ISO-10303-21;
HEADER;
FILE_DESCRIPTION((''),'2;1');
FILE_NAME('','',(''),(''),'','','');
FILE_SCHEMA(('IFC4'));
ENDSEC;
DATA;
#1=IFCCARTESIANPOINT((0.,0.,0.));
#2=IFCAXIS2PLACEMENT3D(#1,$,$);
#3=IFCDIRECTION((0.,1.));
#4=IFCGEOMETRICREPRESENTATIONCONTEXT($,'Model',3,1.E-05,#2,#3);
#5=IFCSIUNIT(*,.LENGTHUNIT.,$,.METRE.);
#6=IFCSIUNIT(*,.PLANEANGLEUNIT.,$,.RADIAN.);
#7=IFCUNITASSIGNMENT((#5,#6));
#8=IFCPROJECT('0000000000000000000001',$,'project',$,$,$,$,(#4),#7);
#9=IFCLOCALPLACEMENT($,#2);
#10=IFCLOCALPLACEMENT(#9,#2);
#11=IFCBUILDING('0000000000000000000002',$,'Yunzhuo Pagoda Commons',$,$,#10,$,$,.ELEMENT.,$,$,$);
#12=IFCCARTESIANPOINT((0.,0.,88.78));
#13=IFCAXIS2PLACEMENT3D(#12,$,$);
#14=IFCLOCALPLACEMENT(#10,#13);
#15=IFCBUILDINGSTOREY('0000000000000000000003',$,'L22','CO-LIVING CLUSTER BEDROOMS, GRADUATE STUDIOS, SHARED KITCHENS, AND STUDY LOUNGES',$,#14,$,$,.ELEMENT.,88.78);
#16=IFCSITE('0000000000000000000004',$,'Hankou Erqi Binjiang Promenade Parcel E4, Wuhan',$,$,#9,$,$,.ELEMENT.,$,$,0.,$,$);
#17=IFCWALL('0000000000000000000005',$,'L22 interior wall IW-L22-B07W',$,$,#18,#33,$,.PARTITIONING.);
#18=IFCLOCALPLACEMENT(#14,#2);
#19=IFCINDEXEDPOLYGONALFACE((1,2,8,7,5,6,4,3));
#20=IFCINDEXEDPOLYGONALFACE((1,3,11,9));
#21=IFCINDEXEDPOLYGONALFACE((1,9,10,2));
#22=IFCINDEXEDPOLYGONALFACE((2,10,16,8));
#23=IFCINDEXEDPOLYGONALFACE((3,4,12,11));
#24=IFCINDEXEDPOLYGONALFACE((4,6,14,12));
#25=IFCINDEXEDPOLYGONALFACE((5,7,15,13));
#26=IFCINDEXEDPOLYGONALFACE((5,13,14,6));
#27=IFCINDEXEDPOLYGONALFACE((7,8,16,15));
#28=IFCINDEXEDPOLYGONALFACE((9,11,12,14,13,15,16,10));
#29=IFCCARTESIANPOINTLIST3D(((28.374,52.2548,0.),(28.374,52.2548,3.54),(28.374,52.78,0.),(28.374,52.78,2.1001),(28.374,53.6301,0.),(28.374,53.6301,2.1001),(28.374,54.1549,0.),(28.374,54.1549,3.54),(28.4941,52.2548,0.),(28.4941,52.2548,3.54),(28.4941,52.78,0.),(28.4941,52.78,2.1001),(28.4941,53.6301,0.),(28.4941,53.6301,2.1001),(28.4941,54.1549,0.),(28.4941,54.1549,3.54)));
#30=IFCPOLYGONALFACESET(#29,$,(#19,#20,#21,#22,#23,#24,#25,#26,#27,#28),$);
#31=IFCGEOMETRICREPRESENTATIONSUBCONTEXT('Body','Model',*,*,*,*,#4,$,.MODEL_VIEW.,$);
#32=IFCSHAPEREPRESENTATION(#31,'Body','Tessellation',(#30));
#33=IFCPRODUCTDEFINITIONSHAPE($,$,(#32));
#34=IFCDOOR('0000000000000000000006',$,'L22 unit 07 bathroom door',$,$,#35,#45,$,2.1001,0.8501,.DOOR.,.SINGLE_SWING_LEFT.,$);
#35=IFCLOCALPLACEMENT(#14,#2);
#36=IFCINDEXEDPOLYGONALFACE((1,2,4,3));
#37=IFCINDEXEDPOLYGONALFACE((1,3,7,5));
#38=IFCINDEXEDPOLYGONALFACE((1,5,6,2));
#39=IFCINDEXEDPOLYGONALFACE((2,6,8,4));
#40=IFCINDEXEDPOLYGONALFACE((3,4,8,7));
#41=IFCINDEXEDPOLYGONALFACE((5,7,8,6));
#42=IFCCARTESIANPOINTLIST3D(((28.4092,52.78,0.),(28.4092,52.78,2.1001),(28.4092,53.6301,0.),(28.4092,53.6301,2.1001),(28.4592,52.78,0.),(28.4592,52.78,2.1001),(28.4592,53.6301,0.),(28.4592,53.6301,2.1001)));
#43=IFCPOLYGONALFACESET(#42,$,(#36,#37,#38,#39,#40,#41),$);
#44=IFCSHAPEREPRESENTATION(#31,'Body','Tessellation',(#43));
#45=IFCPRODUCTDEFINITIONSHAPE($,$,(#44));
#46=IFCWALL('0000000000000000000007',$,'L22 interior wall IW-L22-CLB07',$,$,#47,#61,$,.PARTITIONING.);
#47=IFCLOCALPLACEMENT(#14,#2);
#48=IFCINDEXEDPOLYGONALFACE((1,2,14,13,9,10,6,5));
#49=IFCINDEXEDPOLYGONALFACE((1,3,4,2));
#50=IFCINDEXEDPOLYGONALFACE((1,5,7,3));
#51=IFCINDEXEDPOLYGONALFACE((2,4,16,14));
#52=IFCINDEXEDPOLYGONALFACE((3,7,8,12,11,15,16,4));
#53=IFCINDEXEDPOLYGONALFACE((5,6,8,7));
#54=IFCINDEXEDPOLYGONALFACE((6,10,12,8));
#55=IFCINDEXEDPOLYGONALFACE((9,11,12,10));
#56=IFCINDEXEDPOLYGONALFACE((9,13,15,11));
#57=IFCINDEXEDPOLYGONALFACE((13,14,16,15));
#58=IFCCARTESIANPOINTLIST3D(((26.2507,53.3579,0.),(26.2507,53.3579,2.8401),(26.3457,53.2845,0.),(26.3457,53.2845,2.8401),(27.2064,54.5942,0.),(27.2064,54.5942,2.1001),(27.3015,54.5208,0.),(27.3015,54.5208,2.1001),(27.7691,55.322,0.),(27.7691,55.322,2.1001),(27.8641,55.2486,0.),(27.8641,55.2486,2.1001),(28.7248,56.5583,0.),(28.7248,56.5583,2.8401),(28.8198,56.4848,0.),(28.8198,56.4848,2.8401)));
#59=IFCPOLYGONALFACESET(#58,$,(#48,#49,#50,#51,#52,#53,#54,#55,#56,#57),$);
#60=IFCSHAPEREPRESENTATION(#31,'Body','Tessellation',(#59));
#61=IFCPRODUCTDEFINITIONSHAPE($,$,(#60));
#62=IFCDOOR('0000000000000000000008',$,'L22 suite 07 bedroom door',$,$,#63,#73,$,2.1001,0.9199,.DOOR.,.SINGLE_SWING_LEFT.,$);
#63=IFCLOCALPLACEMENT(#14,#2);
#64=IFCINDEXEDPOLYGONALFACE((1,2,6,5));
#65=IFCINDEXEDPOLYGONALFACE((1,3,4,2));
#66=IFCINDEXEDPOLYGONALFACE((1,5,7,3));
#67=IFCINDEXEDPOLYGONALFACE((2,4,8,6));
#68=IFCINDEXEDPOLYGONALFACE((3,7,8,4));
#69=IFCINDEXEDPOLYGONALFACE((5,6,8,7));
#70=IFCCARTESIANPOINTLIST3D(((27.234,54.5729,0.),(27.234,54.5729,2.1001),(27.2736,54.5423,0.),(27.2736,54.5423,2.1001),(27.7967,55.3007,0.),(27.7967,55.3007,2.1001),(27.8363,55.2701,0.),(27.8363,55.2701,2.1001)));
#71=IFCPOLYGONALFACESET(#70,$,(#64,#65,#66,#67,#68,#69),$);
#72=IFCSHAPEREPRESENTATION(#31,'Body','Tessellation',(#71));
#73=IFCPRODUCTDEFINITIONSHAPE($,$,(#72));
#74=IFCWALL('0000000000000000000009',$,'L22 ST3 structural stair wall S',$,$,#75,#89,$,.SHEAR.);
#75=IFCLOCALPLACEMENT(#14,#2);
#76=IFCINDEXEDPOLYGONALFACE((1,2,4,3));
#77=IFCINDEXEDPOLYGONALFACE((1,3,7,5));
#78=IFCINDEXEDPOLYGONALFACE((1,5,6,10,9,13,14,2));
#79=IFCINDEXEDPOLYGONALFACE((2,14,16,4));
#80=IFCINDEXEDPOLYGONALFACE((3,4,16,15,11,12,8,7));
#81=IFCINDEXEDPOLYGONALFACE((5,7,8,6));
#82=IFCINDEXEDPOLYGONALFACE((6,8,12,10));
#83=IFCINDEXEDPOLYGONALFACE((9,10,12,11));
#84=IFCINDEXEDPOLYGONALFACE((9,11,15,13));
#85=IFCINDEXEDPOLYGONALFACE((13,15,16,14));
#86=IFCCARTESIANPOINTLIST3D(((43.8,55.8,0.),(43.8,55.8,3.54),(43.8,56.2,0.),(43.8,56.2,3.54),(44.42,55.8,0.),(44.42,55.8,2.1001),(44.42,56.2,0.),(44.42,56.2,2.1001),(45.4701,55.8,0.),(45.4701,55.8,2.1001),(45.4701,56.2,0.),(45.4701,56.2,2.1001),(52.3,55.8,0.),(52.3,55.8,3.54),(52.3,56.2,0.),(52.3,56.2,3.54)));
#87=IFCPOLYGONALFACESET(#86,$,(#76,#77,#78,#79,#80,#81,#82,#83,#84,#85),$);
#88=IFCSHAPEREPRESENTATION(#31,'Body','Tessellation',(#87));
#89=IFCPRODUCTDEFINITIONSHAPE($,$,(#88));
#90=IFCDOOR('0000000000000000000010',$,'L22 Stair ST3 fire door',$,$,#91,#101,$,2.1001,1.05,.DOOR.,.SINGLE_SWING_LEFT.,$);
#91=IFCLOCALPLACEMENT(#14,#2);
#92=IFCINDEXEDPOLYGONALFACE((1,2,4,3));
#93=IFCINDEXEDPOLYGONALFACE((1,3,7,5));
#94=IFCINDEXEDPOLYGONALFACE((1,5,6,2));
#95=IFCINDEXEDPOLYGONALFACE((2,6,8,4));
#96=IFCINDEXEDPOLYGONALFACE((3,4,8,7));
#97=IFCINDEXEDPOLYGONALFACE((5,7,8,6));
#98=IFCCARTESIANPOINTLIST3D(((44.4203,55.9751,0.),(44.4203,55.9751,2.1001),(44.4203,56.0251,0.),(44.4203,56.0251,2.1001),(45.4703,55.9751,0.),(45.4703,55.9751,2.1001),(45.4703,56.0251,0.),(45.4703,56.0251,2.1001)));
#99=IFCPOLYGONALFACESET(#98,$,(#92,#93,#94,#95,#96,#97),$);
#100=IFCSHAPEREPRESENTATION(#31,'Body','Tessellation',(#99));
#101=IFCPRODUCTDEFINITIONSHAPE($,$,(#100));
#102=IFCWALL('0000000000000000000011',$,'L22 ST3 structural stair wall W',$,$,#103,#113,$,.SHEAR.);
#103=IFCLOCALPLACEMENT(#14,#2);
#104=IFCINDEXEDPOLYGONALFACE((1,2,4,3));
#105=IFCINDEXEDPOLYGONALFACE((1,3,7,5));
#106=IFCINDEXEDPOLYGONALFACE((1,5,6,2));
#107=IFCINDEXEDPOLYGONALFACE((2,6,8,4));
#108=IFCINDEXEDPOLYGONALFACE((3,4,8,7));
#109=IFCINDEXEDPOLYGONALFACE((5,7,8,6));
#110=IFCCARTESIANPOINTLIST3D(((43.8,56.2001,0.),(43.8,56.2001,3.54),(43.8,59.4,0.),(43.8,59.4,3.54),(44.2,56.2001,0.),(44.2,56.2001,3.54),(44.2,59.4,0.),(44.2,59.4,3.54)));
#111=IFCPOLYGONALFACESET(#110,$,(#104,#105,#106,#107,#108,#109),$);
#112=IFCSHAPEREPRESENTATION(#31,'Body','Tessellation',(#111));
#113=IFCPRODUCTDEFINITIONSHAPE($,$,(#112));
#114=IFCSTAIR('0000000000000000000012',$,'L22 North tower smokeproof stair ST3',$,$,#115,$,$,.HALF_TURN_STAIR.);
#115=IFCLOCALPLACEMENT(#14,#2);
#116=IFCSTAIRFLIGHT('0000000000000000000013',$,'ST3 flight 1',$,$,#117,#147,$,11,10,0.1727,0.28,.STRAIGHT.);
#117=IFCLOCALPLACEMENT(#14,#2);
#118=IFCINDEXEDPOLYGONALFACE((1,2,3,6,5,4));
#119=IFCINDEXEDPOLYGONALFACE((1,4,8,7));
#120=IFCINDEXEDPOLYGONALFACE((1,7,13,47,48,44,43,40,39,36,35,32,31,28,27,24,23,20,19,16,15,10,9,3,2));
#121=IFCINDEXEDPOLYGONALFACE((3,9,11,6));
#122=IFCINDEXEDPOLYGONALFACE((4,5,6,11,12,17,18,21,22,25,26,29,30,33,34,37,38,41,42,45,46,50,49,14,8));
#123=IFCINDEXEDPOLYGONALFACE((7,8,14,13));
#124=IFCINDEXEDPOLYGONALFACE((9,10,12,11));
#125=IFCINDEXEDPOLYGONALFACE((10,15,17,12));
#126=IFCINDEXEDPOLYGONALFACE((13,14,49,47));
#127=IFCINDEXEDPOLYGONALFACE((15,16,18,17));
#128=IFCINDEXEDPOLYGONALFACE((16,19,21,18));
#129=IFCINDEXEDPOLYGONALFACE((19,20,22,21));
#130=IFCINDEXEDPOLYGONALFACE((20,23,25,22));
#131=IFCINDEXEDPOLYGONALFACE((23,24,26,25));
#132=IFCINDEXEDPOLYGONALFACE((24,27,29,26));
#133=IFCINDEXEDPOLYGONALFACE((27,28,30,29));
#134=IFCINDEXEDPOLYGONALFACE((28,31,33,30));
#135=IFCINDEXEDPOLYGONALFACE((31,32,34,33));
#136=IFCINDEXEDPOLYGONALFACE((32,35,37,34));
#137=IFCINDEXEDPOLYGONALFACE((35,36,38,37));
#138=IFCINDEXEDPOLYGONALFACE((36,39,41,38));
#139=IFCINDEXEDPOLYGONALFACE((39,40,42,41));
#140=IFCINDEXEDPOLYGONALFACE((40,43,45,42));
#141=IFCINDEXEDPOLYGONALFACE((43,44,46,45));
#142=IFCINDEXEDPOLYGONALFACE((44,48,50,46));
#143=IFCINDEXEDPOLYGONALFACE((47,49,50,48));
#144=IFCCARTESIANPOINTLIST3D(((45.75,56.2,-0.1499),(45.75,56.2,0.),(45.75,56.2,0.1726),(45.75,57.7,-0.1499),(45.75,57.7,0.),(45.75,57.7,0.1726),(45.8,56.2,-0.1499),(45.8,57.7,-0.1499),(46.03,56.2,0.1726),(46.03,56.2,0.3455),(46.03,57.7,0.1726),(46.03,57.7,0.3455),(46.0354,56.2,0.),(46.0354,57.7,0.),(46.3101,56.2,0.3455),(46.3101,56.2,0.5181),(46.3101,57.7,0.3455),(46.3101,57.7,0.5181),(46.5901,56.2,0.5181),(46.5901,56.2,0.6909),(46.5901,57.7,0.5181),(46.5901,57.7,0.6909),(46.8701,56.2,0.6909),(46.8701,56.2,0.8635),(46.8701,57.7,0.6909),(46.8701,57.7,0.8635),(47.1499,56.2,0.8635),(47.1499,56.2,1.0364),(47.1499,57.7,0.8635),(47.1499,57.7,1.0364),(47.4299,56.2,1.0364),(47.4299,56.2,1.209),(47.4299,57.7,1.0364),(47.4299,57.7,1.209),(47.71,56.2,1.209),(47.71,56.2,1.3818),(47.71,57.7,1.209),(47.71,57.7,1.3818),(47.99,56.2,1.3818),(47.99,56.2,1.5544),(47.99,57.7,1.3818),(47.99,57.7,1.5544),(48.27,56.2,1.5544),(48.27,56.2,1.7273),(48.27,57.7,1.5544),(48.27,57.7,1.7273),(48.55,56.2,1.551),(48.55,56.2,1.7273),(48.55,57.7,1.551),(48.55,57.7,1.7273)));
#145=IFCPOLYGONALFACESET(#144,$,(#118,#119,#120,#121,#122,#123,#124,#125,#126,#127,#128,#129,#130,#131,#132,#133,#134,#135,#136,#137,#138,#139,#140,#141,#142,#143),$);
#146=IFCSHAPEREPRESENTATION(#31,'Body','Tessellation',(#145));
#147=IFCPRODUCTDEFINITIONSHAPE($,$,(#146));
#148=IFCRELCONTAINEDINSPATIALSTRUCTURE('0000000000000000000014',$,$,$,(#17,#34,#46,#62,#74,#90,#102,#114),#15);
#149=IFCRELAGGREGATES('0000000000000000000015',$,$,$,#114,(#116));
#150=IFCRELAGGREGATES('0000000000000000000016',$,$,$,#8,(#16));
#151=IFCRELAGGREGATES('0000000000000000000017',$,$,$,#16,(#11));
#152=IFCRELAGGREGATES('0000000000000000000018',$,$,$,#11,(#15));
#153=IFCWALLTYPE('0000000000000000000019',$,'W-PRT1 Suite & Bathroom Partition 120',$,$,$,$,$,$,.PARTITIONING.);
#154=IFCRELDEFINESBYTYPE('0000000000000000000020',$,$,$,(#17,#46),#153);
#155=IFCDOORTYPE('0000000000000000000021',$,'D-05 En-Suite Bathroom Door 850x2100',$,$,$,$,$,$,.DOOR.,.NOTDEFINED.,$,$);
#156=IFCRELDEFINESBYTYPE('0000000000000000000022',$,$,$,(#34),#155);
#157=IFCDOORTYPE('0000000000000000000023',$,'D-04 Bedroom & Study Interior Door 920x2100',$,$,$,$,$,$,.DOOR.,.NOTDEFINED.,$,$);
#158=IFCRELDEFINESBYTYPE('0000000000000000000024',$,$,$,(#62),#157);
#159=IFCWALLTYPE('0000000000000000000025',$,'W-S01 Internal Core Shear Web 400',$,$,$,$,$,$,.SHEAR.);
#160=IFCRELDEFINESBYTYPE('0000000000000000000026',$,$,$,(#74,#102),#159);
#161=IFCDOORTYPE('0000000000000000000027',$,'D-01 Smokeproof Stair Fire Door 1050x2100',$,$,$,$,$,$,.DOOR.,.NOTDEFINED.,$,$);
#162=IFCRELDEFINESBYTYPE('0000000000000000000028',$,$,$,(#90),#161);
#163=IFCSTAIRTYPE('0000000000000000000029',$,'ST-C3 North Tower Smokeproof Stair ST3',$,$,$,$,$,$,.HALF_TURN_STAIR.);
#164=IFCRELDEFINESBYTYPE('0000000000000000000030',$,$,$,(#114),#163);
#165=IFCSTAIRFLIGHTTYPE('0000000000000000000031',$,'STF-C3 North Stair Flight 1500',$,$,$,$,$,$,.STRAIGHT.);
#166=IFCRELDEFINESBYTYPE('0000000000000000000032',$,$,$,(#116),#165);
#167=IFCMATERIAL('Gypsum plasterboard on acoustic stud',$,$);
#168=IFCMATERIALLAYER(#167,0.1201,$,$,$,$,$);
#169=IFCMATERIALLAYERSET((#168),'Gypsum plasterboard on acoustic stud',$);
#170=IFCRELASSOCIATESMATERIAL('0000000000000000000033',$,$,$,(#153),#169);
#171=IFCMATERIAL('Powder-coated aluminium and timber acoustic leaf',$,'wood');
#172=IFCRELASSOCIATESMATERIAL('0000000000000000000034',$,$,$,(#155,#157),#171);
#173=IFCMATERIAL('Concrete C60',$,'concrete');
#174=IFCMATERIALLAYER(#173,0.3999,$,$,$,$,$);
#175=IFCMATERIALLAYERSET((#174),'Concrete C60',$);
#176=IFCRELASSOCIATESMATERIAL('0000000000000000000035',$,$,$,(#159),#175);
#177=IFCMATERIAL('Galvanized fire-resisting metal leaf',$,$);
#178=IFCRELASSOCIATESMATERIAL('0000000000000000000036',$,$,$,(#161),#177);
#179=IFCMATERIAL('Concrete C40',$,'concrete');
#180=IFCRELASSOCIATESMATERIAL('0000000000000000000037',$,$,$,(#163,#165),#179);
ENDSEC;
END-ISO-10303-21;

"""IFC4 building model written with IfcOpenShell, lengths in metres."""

from ifc_helpers import new_model, si_unit, direction, frame, frame_2d, origin, origin_with_axes, place, context, subcontext, project, spatial, polyline, rectangle, outline, extrude, source, transform, mapped, material, layer, layer_set, type_object, element, fill, aggregate, save


model = new_model("IFC4")

# Units and contexts
model_context = context("Model", 3, precision=1e-05, world=origin(), true_north=direction((0.0, 1.0)))
body_context = subcontext(model_context, "Body", "Model", "MODEL_VIEW")
ifc_project = project(units=[si_unit("LENGTHUNIT", "METRE"), si_unit("PLANEANGLEUNIT", "RADIAN")], contexts=[model_context])

# Site, building, storey
site_placement = place(None, origin())
site = spatial("IfcSite", under=ifc_project, at=site_placement, Name="Hankou Erqi Binjiang Promenade Parcel E4, Wuhan", CompositionType="ELEMENT", RefElevation=0.0)
building_placement = place(site_placement, origin())
building = spatial("IfcBuilding", under=site, at=building_placement, Name="Yunzhuo Pagoda Commons", CompositionType="ELEMENT")
storey_placement = place(building_placement, frame((0.0, 0.0, 88.78)))
storey = spatial("IfcBuildingStorey", under=building, at=storey_placement, Name="L22", Description="CO-LIVING CLUSTER BEDROOMS, GRADUATE STUDIOS, SHARED KITCHENS, AND STUDY LOUNGES", CompositionType="ELEMENT", Elevation=88.78)

# Shared definitions
ifc_material_1 = material(Name="Gypsum plasterboard on acoustic stud")

# Shared definitions
ifc_material_2 = material(Name="Galvanized fire-resisting metal leaf")

# Shared definitions
ifc_layer_1 = layer(ifc_material_1, 0.1201)
ifc_layer_set_1 = layer_set([ifc_layer_1], Name="Gypsum plasterboard on acoustic stud")
wall_type_1 = type_object("IfcWallType", Name="W-PRT1 Suite & Bathroom Partition 120", PredefinedType="PARTITIONING", material=ifc_layer_set_1)

# Walls, openings, doors
wall_1_placement = place(storey_placement, frame((28.4341, 54.155, 0.0), z_axis=(0.0, 0.0, 1.0), x_axis=(0.0, -1.0, 0.0)))
wall_1 = element("IfcWall", 1, at=wall_1_placement, inside=storey, type_object=wall_type_1, Name="L22 interior wall IW-L22-B07W", PredefinedType="PARTITIONING", context=body_context, shape_type="SweptSolid", body=[
    extrude(rectangle(XDim=1.9001, YDim=0.1201, at=frame_2d((0.9502, 0.0))), origin(), (0.0, 0.0, 1.0), 3.54),
])
opening_1_placement = place(wall_1_placement, frame((0.5249, 0.0, 0.0)))
opening_1 = element("IfcOpeningElement", 2, at=opening_1_placement, cuts=wall_1, PredefinedType="OPENING", context=body_context, shape_type="SweptSolid", body=[
    extrude(rectangle(XDim=0.8501, YDim=2.1001, at=frame_2d((0.425, 1.05))), frame((0.0, 0.0701, 0.0), z_axis=(0.0, -1.0, 0.0), x_axis=(1.0, 0.0, 0.0)), (0.0, 0.0, 1.0), 0.1401),
])
ifc_material_3 = material(Name="Powder-coated aluminium and timber acoustic leaf", Category="wood")
door_type_1 = type_object("IfcDoorType", Name="D-05 En-Suite Bathroom Door 850x2100", OperationType="NOTDEFINED", PredefinedType="DOOR", material=ifc_material_3)
shared_shape_1 = source(origin(), body_context, "Body", "SweptSolid", [
    extrude(rectangle(XDim=0.8501, YDim=2.1001, at=frame_2d((0.425, 1.05))), frame((0.0, 0.0249, 0.0), z_axis=(0.0, -1.0, 0.0), x_axis=(1.0, 0.0, 0.0)), (0.0, 0.0, 1.0), 0.05),
])
door_1_placement = place(opening_1_placement, frame((0.8501, 0.0, 0.0), z_axis=(0.0, 0.0, 1.0), x_axis=(-1.0, 0.0, 0.0)))
door_1 = element("IfcDoor", 3, at=door_1_placement, inside=storey, type_object=door_type_1, Name="L22 unit 07 bathroom door", OperationType="SINGLE_SWING_LEFT", OverallHeight=2.1001, OverallWidth=0.8501, PredefinedType="DOOR", context=body_context, shape_type="MappedRepresentation", body=[
    mapped(shared_shape_1, transform((0.0, 0.0, 0.0), scale=1.0)),
])
fill(opening_1, door_1)
wall_2_placement = place(storey_placement, frame((28.7722, 56.5215, 0.0), z_axis=(0.0, 0.0, 1.0), x_axis=(-0.611611, -0.791159, 0.0)))
wall_2 = element("IfcWall", 4, at=wall_2_placement, inside=storey, type_object=wall_type_1, Name="L22 interior wall IW-L22-CLB07", PredefinedType="PARTITIONING", context=body_context, shape_type="SweptSolid", body=[
    extrude(rectangle(XDim=4.0452, YDim=0.1201, at=frame_2d((2.0225, 0.0))), origin(), (0.0, 0.0, 1.0), 2.8401),
])
opening_2_placement = place(wall_2_placement, frame((1.5625, 0.0, 0.0)))
opening_2 = element("IfcOpeningElement", 5, at=opening_2_placement, cuts=wall_2, PredefinedType="OPENING", context=body_context, shape_type="SweptSolid", body=[
    extrude(rectangle(XDim=0.9199, YDim=2.1001, at=frame_2d((0.46, 1.05))), frame((0.0, 0.0701, 0.0), z_axis=(0.0, -1.0, 0.0), x_axis=(1.0, 0.0, 0.0)), (0.0, 0.0, 1.0), 0.1401),
])
door_type_2 = type_object("IfcDoorType", Name="D-04 Bedroom & Study Interior Door 920x2100", OperationType="NOTDEFINED", PredefinedType="DOOR", material=ifc_material_3)
shared_shape_2 = source(origin(), body_context, "Body", "SweptSolid", [
    extrude(rectangle(XDim=0.9199, YDim=2.1001, at=frame_2d((0.46, 1.05))), frame((0.0, 0.0249, 0.0), z_axis=(0.0, -1.0, 0.0), x_axis=(1.0, 0.0, 0.0)), (0.0, 0.0, 1.0), 0.05),
])
door_2_placement = place(opening_2_placement, origin_with_axes())
door_2 = element("IfcDoor", 6, at=door_2_placement, inside=storey, type_object=door_type_2, Name="L22 suite 07 bedroom door", OperationType="SINGLE_SWING_LEFT", OverallHeight=2.1001, OverallWidth=0.9199, PredefinedType="DOOR", context=body_context, shape_type="MappedRepresentation", body=[
    mapped(shared_shape_2, transform((0.0, 0.0, 0.0), scale=1.0)),
])
fill(opening_2, door_2)
ifc_material_4 = material(Name="Concrete C60", Category="concrete")
ifc_layer_2 = layer(ifc_material_4, 0.3999)
ifc_layer_set_2 = layer_set([ifc_layer_2], Name="Concrete C60")
wall_type_2 = type_object("IfcWallType", Name="W-S01 Internal Core Shear Web 400", PredefinedType="SHEAR", material=ifc_layer_set_2)
wall_3_placement = place(storey_placement, frame((43.8, 56.0, 0.0), z_axis=(0.0, 0.0, 1.0), x_axis=(1.0, 0.0, 0.0)))
wall_3 = element("IfcWall", 7, at=wall_3_placement, inside=storey, type_object=wall_type_2, Name="L22 ST3 structural stair wall S", PredefinedType="SHEAR", context=body_context, shape_type="SweptSolid", body=[
    extrude(rectangle(XDim=8.5, YDim=0.3999, at=frame_2d((4.25, 0.0))), origin(), (0.0, 0.0, 1.0), 3.54),
])
opening_3_placement = place(wall_3_placement, frame((0.6201, 0.0, 0.0)))
opening_3 = element("IfcOpeningElement", 8, at=opening_3_placement, cuts=wall_3, PredefinedType="OPENING", context=body_context, shape_type="SweptSolid", body=[
    extrude(rectangle(XDim=1.05, YDim=2.1001, at=frame_2d((0.5249, 1.05))), frame((0.0, 0.21, 0.0), z_axis=(0.0, -1.0, 0.0), x_axis=(1.0, 0.0, 0.0)), (0.0, 0.0, 1.0), 0.4199),
])
door_type_3 = type_object("IfcDoorType", Name="D-01 Smokeproof Stair Fire Door 1050x2100", OperationType="NOTDEFINED", PredefinedType="DOOR", material=ifc_material_2)
shared_shape_3 = source(origin(), body_context, "Body", "SweptSolid", [
    extrude(rectangle(XDim=1.05, YDim=2.1001, at=frame_2d((0.5249, 1.05))), frame((0.0, 0.0249, 0.0), z_axis=(0.0, -1.0, 0.0), x_axis=(1.0, 0.0, 0.0)), (0.0, 0.0, 1.0), 0.05),
])
door_3_placement = place(opening_3_placement, frame((1.05, 0.0, 0.0), z_axis=(0.0, 0.0, 1.0), x_axis=(-1.0, 0.0, 0.0)))
door_3 = element("IfcDoor", 9, at=door_3_placement, inside=storey, type_object=door_type_3, Name="L22 Stair ST3 fire door", OperationType="SINGLE_SWING_LEFT", OverallHeight=2.1001, OverallWidth=1.05, PredefinedType="DOOR", context=body_context, shape_type="MappedRepresentation", body=[
    mapped(shared_shape_3, transform((0.0, 0.0, 0.0), scale=1.0)),
])
fill(opening_3, door_3)

# Wall
wall_4_placement = place(storey_placement, frame((44.0, 56.2, 0.0), z_axis=(0.0, 0.0, 1.0), x_axis=(0.0, 1.0, 0.0)))
element("IfcWall", 10, at=wall_4_placement, inside=storey, type_object=wall_type_2, Name="L22 ST3 structural stair wall W", PredefinedType="SHEAR", context=body_context, shape_type="SweptSolid", body=[
    extrude(rectangle(XDim=3.2, YDim=0.3999, at=frame_2d((1.6001, 0.0))), origin(), (0.0, 0.0, 1.0), 3.54),
])

# Stair, stair flight
ifc_material_5 = material(Name="Concrete C40", Category="concrete")
stair_type = type_object("IfcStairType", Name="ST-C3 North Tower Smokeproof Stair ST3", PredefinedType="HALF_TURN_STAIR", material=ifc_material_5)
stair_placement = place(storey_placement, origin())
stair = element("IfcStair", 11, at=stair_placement, inside=storey, type_object=stair_type, Name="L22 North tower smokeproof stair ST3", PredefinedType="HALF_TURN_STAIR")
stair_flight_type = type_object("IfcStairFlightType", Name="STF-C3 North Stair Flight 1500", PredefinedType="STRAIGHT", material=ifc_material_5)
shared_shape_4 = source(origin(), body_context, "Body", "SweptSolid", [
    extrude(outline(polyline([(0.0, -0.1499), (0.0, 0.0), (0.0, 0.1726), (0.28, 0.1726), (0.28, 0.3455), (0.5601, 0.3455), (0.5601, 0.5181), (0.8401, 0.5181), (0.8401, 0.6909), (1.1201, 0.6909), (1.1201, 0.8635), (1.3999, 0.8635), (1.3999, 1.0364), (1.6799, 1.0364), (1.6799, 1.209), (1.96, 1.209), (1.96, 1.3818), (2.24, 1.3818), (2.24, 1.5544), (2.52, 1.5544), (2.52, 1.7273), (2.8, 1.7273), (2.8, 1.8999), (2.8, 1.551), (0.2854, 0.0), (0.05, -0.1499), (0.0, -0.1499)])), frame((0.0, 0.75, 0.0), z_axis=(0.0, -1.0, 0.0), x_axis=(1.0, 0.0, 0.0)), (0.0, 0.0, 1.0), 1.5),
])
stair_flight_placement = place(storey_placement, frame((45.75, 56.95, 0.0), z_axis=(0.0, 0.0, 1.0), x_axis=(1.0, 0.0, 0.0)))
stair_flight = element("IfcStairFlight", 12, at=stair_flight_placement, type_object=stair_flight_type, Name="ST3 flight 1", NumberOfRisers=11, NumberOfTreads=10, PredefinedType="STRAIGHT", RiserHeight=0.1727, TreadLength=0.28, context=body_context, shape_type="MappedRepresentation", body=[
    mapped(shared_shape_4, transform((0.0, 0.0, 0.0), scale=1.0)),
])
aggregate(stair, [stair_flight])

save(model, "model.ifc")
